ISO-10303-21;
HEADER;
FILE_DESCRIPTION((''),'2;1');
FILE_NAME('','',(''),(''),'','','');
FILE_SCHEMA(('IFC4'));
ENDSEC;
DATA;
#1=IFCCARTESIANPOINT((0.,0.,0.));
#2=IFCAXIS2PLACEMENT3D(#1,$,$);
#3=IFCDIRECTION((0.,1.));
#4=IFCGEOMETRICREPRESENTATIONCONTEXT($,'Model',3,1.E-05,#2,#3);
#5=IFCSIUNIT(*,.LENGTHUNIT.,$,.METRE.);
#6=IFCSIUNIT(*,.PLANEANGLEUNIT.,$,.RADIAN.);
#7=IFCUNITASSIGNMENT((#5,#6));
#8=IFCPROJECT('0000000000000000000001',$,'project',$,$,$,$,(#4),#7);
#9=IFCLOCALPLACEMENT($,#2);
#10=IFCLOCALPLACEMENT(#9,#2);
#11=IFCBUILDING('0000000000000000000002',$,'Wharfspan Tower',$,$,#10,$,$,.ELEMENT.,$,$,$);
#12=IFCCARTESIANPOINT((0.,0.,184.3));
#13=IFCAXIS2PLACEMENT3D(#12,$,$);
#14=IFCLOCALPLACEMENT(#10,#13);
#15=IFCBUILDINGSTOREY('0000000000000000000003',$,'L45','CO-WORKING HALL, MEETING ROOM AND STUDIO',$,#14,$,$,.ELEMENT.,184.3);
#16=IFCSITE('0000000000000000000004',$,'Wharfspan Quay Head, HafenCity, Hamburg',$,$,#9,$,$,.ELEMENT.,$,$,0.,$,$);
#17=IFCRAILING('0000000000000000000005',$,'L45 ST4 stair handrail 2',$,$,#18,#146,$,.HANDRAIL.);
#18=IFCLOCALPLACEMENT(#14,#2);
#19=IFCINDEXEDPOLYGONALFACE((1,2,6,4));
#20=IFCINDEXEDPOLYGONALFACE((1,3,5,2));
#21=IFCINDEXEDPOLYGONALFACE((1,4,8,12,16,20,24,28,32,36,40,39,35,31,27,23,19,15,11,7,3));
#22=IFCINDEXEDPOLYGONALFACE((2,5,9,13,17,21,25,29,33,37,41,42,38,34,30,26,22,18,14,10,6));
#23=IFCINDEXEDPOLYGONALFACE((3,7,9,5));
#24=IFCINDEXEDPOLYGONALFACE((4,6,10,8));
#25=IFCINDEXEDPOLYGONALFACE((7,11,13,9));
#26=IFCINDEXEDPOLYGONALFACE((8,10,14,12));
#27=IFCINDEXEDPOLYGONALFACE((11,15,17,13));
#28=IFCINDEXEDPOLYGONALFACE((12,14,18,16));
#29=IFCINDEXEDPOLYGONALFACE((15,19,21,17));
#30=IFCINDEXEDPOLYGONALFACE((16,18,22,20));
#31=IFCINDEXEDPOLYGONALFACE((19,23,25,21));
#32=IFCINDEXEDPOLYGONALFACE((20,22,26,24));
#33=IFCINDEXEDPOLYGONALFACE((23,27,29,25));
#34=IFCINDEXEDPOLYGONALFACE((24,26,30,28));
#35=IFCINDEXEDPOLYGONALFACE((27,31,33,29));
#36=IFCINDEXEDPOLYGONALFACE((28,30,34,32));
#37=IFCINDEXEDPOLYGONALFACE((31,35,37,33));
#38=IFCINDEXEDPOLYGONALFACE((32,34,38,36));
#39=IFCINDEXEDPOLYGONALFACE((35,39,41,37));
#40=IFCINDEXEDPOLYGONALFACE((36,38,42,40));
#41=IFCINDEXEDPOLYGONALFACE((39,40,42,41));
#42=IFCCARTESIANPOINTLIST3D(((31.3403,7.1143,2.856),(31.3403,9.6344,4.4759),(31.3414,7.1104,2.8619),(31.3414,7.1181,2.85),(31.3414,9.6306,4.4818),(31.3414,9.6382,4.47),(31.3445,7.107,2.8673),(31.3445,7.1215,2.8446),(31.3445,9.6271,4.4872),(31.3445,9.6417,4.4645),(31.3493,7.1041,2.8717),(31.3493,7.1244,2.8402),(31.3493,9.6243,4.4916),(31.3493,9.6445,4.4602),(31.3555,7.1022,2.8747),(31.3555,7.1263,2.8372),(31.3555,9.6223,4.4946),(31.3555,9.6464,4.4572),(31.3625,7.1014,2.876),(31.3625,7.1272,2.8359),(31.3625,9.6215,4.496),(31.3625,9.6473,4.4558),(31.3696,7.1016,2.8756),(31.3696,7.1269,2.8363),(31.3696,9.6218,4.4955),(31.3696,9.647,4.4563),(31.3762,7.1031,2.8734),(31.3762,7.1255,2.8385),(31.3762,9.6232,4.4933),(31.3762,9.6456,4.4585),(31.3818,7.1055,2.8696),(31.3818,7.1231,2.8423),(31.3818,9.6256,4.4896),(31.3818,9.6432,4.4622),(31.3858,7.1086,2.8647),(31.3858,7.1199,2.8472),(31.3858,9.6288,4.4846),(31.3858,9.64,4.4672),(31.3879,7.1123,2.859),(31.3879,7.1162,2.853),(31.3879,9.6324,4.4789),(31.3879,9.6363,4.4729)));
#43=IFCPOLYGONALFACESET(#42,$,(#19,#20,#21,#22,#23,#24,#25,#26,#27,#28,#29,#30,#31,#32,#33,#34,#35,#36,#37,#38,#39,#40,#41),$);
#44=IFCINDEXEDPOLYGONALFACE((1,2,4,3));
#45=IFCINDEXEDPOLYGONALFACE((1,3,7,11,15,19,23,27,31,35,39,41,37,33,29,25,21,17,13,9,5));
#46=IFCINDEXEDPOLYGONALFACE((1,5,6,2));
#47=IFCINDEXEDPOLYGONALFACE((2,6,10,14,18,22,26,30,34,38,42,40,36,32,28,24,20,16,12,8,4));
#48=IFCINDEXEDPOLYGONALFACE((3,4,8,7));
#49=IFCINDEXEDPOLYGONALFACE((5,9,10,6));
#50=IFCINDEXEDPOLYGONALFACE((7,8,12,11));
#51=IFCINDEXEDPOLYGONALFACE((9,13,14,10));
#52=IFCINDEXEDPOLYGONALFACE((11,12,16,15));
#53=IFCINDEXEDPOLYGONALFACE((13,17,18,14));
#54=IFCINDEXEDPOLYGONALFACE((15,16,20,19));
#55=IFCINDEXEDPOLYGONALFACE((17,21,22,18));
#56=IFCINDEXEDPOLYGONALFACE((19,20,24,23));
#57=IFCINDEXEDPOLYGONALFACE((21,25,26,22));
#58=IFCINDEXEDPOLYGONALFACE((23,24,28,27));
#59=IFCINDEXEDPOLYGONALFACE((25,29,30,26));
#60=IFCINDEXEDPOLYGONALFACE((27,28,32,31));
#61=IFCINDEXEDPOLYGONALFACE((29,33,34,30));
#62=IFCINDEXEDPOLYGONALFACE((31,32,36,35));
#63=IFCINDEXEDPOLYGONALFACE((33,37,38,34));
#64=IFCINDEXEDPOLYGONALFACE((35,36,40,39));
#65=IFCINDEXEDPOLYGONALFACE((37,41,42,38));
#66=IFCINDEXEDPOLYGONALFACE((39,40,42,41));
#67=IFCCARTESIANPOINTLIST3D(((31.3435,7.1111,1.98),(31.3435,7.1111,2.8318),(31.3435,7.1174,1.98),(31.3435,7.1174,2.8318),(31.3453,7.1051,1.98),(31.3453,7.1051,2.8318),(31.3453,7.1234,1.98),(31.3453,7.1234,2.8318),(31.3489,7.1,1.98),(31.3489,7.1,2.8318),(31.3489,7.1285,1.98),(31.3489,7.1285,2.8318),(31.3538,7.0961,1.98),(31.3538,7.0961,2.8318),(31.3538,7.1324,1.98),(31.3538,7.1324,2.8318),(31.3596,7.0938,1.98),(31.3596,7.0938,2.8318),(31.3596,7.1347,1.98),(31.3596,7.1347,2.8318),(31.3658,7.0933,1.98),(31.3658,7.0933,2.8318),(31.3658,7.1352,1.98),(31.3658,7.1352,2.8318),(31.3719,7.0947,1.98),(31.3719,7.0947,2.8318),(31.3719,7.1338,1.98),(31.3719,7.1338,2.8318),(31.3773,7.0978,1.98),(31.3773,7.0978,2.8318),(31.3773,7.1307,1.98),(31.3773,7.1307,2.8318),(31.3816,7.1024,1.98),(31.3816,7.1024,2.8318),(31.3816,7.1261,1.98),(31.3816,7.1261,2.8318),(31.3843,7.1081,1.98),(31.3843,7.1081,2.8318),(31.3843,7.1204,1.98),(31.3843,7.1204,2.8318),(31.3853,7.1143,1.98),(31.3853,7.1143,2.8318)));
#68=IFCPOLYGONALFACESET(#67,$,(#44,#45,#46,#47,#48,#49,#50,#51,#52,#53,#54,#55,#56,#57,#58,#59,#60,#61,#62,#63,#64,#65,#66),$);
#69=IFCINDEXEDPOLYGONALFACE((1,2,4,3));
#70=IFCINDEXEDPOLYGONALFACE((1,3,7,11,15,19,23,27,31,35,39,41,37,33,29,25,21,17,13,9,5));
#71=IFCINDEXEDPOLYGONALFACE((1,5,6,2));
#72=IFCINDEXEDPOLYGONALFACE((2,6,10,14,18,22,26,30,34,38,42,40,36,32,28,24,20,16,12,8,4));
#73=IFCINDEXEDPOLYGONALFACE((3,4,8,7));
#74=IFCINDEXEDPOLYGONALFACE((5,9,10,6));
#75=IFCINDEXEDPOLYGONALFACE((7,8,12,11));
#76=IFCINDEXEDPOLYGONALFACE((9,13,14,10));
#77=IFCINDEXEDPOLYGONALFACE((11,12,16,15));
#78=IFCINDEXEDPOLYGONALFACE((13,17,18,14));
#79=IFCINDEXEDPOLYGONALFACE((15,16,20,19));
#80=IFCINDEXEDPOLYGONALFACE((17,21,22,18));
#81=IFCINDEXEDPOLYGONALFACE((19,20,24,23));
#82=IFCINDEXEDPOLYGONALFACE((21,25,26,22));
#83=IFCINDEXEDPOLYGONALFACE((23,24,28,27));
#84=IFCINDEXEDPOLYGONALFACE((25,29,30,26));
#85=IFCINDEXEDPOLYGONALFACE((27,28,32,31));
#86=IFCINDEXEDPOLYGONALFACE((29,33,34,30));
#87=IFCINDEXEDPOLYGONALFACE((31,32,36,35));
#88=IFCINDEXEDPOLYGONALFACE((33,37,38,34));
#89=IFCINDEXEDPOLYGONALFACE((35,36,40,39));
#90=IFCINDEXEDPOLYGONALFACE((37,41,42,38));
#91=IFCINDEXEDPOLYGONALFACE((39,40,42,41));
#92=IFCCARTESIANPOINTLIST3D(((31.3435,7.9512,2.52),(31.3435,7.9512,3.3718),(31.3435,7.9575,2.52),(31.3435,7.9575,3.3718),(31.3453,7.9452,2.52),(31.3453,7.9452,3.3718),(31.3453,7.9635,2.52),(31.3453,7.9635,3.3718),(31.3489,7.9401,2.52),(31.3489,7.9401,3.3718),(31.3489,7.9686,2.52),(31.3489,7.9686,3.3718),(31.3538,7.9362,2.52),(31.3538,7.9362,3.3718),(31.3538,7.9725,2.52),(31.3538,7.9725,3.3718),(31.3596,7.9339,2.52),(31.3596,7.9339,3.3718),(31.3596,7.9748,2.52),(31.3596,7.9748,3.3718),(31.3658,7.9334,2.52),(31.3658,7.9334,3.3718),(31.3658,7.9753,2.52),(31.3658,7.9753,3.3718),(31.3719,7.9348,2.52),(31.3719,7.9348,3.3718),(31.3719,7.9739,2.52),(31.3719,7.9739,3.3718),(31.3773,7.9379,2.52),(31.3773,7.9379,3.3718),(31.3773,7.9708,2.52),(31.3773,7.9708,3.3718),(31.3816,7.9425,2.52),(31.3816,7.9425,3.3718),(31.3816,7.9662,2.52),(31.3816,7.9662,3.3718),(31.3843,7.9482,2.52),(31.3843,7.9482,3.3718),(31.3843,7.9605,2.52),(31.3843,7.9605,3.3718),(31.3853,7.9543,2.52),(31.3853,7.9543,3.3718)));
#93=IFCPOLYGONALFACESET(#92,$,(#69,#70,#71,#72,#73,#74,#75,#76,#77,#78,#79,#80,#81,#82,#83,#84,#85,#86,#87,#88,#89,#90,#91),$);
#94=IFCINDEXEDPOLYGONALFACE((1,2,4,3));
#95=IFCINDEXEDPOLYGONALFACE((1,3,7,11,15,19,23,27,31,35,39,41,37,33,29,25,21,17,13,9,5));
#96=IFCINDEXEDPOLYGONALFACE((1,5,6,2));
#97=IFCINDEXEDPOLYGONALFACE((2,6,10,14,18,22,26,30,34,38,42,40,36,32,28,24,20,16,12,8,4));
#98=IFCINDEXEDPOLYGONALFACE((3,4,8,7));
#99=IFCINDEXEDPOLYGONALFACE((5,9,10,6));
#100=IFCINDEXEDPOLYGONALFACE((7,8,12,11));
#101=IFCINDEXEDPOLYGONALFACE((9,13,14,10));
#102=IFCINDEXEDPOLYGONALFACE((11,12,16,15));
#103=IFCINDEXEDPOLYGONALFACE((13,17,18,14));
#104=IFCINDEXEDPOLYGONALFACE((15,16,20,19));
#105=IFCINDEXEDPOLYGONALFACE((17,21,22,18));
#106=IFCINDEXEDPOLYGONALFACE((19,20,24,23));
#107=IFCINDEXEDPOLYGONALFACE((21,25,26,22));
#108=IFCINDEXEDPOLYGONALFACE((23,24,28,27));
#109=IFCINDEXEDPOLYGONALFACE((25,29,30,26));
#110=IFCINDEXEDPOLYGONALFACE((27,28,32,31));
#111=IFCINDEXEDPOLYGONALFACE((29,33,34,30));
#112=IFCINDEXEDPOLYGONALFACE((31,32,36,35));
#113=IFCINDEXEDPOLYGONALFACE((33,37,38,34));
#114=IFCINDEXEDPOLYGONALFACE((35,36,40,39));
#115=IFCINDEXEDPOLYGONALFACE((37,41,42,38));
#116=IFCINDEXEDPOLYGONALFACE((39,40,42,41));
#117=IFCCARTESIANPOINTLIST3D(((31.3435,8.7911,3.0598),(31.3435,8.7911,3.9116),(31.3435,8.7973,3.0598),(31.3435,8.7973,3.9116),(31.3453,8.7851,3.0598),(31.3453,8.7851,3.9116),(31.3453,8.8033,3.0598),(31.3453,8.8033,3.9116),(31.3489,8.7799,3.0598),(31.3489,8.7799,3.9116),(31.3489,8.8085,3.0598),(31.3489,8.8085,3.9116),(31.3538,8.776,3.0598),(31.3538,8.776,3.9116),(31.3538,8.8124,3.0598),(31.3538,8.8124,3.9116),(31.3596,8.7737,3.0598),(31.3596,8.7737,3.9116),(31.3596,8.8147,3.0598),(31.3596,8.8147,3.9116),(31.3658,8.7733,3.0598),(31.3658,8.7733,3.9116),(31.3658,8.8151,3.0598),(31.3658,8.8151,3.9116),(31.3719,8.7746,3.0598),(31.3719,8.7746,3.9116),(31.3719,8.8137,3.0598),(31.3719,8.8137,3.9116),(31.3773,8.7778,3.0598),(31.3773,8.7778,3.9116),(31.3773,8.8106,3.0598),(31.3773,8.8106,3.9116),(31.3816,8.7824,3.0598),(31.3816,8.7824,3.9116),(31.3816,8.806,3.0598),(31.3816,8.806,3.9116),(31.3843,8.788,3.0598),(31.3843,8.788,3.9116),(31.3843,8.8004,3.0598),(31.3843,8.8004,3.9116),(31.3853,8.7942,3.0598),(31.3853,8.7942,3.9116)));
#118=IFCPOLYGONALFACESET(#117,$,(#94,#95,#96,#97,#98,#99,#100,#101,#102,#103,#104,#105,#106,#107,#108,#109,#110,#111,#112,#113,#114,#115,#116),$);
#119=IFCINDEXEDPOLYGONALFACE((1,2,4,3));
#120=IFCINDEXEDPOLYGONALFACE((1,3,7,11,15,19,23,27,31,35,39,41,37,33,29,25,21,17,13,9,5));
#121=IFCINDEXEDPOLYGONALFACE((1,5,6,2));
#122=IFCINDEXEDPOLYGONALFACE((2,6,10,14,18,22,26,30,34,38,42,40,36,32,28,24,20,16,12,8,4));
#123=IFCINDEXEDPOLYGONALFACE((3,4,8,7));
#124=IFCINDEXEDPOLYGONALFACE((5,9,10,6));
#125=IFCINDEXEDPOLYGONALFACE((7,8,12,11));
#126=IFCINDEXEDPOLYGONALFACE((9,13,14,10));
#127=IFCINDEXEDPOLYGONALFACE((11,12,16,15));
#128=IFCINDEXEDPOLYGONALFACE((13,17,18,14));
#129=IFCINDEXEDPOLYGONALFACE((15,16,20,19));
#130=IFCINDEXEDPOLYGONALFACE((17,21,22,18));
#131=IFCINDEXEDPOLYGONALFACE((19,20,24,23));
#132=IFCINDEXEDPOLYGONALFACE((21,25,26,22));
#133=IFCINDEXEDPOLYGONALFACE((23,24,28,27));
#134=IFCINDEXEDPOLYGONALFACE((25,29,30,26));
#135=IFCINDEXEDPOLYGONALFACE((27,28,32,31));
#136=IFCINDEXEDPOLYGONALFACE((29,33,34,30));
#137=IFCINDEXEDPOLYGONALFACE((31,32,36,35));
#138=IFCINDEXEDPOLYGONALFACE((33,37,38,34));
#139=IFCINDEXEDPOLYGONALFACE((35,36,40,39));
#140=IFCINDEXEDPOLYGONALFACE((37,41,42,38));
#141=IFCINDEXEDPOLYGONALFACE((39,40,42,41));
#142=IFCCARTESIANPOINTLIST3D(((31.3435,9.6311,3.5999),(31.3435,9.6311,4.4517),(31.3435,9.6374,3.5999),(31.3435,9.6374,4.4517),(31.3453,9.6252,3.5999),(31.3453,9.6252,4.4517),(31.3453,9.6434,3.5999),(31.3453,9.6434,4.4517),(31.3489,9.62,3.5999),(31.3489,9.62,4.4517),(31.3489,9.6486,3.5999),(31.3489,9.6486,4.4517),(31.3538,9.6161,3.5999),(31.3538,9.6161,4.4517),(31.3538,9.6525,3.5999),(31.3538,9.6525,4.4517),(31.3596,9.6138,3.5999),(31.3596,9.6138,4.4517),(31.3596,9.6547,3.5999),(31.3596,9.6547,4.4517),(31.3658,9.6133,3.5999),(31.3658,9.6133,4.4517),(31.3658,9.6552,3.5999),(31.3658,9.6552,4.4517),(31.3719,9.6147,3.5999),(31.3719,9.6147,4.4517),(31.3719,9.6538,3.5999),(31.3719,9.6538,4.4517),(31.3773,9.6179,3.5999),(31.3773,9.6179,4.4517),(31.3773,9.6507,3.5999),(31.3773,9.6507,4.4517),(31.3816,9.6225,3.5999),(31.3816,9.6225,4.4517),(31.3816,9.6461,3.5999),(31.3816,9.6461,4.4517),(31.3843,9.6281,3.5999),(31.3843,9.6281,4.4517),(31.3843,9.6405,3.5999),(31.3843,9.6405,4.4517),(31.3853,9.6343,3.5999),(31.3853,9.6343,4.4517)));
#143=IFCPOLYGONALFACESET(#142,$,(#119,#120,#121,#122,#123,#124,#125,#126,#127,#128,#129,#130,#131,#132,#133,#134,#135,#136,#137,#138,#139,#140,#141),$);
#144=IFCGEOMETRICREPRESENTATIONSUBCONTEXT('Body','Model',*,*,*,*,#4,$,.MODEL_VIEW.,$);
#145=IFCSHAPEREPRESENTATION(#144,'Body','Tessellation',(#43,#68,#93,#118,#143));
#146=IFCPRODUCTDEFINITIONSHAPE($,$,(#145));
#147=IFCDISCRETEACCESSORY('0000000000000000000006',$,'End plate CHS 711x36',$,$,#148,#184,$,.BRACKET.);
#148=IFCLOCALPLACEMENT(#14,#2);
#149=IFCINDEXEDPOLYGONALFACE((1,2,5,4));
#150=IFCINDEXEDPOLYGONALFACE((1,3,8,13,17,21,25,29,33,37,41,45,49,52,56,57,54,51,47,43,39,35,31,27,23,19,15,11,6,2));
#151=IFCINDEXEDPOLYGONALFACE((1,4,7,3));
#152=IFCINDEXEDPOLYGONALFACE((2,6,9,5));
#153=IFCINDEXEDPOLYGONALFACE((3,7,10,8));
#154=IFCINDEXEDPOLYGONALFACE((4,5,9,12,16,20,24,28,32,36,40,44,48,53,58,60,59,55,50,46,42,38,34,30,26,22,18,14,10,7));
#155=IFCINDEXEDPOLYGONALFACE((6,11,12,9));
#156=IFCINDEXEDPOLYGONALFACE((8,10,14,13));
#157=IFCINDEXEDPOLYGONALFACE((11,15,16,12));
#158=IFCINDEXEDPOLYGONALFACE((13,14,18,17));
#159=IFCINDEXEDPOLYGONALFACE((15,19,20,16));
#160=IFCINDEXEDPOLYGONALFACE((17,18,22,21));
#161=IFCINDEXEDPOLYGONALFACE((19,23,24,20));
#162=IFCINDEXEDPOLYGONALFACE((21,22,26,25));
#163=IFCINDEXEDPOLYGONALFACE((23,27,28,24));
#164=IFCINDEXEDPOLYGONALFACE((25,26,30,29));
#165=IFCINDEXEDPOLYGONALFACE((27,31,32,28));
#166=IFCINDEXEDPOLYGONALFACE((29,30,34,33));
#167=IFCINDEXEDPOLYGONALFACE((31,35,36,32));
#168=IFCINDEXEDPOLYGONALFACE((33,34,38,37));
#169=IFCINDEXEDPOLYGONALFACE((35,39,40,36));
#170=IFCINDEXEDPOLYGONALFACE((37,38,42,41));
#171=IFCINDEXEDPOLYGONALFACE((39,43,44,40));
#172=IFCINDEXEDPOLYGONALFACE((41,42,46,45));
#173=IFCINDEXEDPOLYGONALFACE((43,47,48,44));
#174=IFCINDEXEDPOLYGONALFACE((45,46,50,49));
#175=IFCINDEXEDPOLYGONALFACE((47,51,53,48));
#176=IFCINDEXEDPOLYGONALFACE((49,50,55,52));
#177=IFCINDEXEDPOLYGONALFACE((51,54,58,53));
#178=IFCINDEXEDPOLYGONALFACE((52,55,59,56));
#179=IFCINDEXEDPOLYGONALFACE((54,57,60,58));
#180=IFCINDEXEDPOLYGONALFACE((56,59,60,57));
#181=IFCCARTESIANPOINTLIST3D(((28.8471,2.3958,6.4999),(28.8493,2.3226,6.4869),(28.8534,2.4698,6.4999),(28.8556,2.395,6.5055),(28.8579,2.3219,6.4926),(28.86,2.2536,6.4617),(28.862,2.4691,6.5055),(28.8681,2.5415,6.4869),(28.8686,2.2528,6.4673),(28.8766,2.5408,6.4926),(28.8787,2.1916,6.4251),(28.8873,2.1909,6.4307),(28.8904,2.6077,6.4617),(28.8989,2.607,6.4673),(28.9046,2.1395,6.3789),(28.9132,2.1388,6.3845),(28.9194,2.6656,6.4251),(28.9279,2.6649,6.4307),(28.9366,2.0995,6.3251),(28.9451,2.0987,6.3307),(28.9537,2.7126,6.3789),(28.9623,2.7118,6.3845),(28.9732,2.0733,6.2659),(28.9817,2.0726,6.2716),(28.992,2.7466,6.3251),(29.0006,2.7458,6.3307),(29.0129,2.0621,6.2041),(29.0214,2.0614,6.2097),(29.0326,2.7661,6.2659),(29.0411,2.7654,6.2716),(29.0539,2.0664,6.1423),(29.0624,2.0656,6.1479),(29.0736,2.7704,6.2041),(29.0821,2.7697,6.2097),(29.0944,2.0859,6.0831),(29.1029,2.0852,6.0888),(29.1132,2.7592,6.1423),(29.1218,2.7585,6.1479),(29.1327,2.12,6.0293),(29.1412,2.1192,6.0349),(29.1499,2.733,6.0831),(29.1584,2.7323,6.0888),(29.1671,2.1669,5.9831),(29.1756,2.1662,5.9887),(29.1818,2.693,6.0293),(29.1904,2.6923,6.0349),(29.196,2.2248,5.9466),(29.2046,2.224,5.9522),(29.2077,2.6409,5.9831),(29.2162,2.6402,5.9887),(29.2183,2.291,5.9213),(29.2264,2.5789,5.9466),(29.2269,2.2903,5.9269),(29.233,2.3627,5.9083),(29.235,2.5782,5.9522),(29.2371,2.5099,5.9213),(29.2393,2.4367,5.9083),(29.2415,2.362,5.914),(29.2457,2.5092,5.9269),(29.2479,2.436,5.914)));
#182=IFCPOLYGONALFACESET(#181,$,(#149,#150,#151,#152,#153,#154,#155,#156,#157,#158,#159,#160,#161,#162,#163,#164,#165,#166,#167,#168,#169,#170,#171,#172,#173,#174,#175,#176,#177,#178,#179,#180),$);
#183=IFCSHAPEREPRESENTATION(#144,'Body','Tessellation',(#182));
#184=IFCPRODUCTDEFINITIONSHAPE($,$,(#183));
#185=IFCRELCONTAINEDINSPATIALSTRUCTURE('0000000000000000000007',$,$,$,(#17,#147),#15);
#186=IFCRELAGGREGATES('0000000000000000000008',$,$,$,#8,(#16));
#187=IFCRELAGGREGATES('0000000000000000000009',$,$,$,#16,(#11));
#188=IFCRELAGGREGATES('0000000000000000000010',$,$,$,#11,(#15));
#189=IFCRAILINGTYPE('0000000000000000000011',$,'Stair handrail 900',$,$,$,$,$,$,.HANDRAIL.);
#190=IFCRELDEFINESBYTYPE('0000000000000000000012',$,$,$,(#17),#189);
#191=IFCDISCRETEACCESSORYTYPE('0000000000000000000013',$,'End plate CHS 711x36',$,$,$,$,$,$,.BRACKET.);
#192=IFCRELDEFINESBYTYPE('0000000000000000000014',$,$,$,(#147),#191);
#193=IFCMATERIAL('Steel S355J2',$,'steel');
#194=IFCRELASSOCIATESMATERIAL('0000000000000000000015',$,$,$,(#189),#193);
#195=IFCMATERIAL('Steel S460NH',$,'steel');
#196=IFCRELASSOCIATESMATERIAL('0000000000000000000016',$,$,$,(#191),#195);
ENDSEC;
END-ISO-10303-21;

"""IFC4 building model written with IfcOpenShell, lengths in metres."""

from ifc_helpers import new_model, si_unit, direction, frame, origin, origin_2d, place, context, subcontext, project, spatial, circle, extrude, material, material_profile, profile_set, type_object, element, save


model = new_model("IFC4")

# Units and contexts
model_context = context("Model", 3, precision=1e-05, world=origin(), true_north=direction((0.0, 1.0)))
body_context = subcontext(model_context, "Body", "Model", "MODEL_VIEW")
ifc_project = project(units=[si_unit("LENGTHUNIT", "METRE"), si_unit("PLANEANGLEUNIT", "RADIAN")], contexts=[model_context])

# Site, building, storey
site_placement = place(None, origin())
site = spatial("IfcSite", under=ifc_project, at=site_placement, Name="Wharfspan Quay Head, HafenCity, Hamburg", CompositionType="ELEMENT", RefElevation=0.0)
building_placement = place(site_placement, origin())
building = spatial("IfcBuilding", under=site, at=building_placement, Name="Wharfspan Tower", CompositionType="ELEMENT")
storey_placement = place(building_placement, frame((0.0, 0.0, 184.3)))
storey = spatial("IfcBuildingStorey", under=building, at=storey_placement, Name="L45", Description="CO-WORKING HALL, MEETING ROOM AND STUDIO", CompositionType="ELEMENT", Elevation=184.3)

# Shared definitions
ifc_material_1 = material(Name="Steel S355J2", Category="steel")

# Shared definitions
ifc_material_2 = material(Name="Steel S460NH", Category="steel")

# Railing
railing_type_1 = type_object("IfcRailingType", Name="Stair handrail 900", PredefinedType="HANDRAIL", material=ifc_material_1)
railing_1_placement = place(storey_placement, frame((31.3643, 7.1143, 1.98)))
element("IfcRailing", 1, at=railing_1_placement, inside=storey, type_object=railing_type_1, Name="L45 ST4 stair handrail 2", PredefinedType="HANDRAIL", context=body_context, shape_type="SweptSolid", body=[
    extrude(circle(Radius=0.0239, at=origin_2d()), frame((0.0, 0.0, 0.876), z_axis=(0.0, 0.8412, 0.540725), x_axis=(-1.0, 0.0, 0.0)), (0.0, 0.0, 1.0), 2.9958),
    extrude(circle(Radius=0.021, at=origin_2d()), origin(), (0.0, 0.0, 1.0), 0.8518),
    extrude(circle(Radius=0.021, at=origin_2d()), frame((0.0, 0.8401, 0.54)), (0.0, 0.0, 1.0), 0.8518),
    extrude(circle(Radius=0.021, at=origin_2d()), frame((0.0, 1.6799, 1.0798)), (0.0, 0.0, 1.0), 0.8518),
    extrude(circle(Radius=0.021, at=origin_2d()), frame((0.0, 2.52, 1.6199)), (0.0, 0.0, 1.0), 0.8518),
])

# Discrete accessory
ifc_material_profile_1 = material_profile(ifc_material_2, circle(Radius=0.3555, at=origin_2d()))
ifc_profile_set_1 = profile_set([ifc_material_profile_1], Name="Steel S460NH")
discrete_accessory_type = type_object("IfcDiscreteAccessoryType", Name="End plate CHS 711x36", PredefinedType="BRACKET", material=ifc_profile_set_1)
discrete_accessory_1_placement = place(storey_placement, frame((29.0432, 2.4163, 6.2041), z_axis=(0.83357, -0.071449, 0.547774), x_axis=(0.085401, 0.996343, 0.0)))
element("IfcDiscreteAccessory", 2, at=discrete_accessory_1_placement, inside=storey, type_object=discrete_accessory_type, Name="End plate CHS 711x36", PredefinedType="BRACKET", context=body_context, shape_type="SweptSolid", body=[
    extrude(circle(Radius=0.3555, at=origin_2d()), origin(), (0.0, 0.0, 1.0), 0.0103),
])

save(model, "model.ifc")
